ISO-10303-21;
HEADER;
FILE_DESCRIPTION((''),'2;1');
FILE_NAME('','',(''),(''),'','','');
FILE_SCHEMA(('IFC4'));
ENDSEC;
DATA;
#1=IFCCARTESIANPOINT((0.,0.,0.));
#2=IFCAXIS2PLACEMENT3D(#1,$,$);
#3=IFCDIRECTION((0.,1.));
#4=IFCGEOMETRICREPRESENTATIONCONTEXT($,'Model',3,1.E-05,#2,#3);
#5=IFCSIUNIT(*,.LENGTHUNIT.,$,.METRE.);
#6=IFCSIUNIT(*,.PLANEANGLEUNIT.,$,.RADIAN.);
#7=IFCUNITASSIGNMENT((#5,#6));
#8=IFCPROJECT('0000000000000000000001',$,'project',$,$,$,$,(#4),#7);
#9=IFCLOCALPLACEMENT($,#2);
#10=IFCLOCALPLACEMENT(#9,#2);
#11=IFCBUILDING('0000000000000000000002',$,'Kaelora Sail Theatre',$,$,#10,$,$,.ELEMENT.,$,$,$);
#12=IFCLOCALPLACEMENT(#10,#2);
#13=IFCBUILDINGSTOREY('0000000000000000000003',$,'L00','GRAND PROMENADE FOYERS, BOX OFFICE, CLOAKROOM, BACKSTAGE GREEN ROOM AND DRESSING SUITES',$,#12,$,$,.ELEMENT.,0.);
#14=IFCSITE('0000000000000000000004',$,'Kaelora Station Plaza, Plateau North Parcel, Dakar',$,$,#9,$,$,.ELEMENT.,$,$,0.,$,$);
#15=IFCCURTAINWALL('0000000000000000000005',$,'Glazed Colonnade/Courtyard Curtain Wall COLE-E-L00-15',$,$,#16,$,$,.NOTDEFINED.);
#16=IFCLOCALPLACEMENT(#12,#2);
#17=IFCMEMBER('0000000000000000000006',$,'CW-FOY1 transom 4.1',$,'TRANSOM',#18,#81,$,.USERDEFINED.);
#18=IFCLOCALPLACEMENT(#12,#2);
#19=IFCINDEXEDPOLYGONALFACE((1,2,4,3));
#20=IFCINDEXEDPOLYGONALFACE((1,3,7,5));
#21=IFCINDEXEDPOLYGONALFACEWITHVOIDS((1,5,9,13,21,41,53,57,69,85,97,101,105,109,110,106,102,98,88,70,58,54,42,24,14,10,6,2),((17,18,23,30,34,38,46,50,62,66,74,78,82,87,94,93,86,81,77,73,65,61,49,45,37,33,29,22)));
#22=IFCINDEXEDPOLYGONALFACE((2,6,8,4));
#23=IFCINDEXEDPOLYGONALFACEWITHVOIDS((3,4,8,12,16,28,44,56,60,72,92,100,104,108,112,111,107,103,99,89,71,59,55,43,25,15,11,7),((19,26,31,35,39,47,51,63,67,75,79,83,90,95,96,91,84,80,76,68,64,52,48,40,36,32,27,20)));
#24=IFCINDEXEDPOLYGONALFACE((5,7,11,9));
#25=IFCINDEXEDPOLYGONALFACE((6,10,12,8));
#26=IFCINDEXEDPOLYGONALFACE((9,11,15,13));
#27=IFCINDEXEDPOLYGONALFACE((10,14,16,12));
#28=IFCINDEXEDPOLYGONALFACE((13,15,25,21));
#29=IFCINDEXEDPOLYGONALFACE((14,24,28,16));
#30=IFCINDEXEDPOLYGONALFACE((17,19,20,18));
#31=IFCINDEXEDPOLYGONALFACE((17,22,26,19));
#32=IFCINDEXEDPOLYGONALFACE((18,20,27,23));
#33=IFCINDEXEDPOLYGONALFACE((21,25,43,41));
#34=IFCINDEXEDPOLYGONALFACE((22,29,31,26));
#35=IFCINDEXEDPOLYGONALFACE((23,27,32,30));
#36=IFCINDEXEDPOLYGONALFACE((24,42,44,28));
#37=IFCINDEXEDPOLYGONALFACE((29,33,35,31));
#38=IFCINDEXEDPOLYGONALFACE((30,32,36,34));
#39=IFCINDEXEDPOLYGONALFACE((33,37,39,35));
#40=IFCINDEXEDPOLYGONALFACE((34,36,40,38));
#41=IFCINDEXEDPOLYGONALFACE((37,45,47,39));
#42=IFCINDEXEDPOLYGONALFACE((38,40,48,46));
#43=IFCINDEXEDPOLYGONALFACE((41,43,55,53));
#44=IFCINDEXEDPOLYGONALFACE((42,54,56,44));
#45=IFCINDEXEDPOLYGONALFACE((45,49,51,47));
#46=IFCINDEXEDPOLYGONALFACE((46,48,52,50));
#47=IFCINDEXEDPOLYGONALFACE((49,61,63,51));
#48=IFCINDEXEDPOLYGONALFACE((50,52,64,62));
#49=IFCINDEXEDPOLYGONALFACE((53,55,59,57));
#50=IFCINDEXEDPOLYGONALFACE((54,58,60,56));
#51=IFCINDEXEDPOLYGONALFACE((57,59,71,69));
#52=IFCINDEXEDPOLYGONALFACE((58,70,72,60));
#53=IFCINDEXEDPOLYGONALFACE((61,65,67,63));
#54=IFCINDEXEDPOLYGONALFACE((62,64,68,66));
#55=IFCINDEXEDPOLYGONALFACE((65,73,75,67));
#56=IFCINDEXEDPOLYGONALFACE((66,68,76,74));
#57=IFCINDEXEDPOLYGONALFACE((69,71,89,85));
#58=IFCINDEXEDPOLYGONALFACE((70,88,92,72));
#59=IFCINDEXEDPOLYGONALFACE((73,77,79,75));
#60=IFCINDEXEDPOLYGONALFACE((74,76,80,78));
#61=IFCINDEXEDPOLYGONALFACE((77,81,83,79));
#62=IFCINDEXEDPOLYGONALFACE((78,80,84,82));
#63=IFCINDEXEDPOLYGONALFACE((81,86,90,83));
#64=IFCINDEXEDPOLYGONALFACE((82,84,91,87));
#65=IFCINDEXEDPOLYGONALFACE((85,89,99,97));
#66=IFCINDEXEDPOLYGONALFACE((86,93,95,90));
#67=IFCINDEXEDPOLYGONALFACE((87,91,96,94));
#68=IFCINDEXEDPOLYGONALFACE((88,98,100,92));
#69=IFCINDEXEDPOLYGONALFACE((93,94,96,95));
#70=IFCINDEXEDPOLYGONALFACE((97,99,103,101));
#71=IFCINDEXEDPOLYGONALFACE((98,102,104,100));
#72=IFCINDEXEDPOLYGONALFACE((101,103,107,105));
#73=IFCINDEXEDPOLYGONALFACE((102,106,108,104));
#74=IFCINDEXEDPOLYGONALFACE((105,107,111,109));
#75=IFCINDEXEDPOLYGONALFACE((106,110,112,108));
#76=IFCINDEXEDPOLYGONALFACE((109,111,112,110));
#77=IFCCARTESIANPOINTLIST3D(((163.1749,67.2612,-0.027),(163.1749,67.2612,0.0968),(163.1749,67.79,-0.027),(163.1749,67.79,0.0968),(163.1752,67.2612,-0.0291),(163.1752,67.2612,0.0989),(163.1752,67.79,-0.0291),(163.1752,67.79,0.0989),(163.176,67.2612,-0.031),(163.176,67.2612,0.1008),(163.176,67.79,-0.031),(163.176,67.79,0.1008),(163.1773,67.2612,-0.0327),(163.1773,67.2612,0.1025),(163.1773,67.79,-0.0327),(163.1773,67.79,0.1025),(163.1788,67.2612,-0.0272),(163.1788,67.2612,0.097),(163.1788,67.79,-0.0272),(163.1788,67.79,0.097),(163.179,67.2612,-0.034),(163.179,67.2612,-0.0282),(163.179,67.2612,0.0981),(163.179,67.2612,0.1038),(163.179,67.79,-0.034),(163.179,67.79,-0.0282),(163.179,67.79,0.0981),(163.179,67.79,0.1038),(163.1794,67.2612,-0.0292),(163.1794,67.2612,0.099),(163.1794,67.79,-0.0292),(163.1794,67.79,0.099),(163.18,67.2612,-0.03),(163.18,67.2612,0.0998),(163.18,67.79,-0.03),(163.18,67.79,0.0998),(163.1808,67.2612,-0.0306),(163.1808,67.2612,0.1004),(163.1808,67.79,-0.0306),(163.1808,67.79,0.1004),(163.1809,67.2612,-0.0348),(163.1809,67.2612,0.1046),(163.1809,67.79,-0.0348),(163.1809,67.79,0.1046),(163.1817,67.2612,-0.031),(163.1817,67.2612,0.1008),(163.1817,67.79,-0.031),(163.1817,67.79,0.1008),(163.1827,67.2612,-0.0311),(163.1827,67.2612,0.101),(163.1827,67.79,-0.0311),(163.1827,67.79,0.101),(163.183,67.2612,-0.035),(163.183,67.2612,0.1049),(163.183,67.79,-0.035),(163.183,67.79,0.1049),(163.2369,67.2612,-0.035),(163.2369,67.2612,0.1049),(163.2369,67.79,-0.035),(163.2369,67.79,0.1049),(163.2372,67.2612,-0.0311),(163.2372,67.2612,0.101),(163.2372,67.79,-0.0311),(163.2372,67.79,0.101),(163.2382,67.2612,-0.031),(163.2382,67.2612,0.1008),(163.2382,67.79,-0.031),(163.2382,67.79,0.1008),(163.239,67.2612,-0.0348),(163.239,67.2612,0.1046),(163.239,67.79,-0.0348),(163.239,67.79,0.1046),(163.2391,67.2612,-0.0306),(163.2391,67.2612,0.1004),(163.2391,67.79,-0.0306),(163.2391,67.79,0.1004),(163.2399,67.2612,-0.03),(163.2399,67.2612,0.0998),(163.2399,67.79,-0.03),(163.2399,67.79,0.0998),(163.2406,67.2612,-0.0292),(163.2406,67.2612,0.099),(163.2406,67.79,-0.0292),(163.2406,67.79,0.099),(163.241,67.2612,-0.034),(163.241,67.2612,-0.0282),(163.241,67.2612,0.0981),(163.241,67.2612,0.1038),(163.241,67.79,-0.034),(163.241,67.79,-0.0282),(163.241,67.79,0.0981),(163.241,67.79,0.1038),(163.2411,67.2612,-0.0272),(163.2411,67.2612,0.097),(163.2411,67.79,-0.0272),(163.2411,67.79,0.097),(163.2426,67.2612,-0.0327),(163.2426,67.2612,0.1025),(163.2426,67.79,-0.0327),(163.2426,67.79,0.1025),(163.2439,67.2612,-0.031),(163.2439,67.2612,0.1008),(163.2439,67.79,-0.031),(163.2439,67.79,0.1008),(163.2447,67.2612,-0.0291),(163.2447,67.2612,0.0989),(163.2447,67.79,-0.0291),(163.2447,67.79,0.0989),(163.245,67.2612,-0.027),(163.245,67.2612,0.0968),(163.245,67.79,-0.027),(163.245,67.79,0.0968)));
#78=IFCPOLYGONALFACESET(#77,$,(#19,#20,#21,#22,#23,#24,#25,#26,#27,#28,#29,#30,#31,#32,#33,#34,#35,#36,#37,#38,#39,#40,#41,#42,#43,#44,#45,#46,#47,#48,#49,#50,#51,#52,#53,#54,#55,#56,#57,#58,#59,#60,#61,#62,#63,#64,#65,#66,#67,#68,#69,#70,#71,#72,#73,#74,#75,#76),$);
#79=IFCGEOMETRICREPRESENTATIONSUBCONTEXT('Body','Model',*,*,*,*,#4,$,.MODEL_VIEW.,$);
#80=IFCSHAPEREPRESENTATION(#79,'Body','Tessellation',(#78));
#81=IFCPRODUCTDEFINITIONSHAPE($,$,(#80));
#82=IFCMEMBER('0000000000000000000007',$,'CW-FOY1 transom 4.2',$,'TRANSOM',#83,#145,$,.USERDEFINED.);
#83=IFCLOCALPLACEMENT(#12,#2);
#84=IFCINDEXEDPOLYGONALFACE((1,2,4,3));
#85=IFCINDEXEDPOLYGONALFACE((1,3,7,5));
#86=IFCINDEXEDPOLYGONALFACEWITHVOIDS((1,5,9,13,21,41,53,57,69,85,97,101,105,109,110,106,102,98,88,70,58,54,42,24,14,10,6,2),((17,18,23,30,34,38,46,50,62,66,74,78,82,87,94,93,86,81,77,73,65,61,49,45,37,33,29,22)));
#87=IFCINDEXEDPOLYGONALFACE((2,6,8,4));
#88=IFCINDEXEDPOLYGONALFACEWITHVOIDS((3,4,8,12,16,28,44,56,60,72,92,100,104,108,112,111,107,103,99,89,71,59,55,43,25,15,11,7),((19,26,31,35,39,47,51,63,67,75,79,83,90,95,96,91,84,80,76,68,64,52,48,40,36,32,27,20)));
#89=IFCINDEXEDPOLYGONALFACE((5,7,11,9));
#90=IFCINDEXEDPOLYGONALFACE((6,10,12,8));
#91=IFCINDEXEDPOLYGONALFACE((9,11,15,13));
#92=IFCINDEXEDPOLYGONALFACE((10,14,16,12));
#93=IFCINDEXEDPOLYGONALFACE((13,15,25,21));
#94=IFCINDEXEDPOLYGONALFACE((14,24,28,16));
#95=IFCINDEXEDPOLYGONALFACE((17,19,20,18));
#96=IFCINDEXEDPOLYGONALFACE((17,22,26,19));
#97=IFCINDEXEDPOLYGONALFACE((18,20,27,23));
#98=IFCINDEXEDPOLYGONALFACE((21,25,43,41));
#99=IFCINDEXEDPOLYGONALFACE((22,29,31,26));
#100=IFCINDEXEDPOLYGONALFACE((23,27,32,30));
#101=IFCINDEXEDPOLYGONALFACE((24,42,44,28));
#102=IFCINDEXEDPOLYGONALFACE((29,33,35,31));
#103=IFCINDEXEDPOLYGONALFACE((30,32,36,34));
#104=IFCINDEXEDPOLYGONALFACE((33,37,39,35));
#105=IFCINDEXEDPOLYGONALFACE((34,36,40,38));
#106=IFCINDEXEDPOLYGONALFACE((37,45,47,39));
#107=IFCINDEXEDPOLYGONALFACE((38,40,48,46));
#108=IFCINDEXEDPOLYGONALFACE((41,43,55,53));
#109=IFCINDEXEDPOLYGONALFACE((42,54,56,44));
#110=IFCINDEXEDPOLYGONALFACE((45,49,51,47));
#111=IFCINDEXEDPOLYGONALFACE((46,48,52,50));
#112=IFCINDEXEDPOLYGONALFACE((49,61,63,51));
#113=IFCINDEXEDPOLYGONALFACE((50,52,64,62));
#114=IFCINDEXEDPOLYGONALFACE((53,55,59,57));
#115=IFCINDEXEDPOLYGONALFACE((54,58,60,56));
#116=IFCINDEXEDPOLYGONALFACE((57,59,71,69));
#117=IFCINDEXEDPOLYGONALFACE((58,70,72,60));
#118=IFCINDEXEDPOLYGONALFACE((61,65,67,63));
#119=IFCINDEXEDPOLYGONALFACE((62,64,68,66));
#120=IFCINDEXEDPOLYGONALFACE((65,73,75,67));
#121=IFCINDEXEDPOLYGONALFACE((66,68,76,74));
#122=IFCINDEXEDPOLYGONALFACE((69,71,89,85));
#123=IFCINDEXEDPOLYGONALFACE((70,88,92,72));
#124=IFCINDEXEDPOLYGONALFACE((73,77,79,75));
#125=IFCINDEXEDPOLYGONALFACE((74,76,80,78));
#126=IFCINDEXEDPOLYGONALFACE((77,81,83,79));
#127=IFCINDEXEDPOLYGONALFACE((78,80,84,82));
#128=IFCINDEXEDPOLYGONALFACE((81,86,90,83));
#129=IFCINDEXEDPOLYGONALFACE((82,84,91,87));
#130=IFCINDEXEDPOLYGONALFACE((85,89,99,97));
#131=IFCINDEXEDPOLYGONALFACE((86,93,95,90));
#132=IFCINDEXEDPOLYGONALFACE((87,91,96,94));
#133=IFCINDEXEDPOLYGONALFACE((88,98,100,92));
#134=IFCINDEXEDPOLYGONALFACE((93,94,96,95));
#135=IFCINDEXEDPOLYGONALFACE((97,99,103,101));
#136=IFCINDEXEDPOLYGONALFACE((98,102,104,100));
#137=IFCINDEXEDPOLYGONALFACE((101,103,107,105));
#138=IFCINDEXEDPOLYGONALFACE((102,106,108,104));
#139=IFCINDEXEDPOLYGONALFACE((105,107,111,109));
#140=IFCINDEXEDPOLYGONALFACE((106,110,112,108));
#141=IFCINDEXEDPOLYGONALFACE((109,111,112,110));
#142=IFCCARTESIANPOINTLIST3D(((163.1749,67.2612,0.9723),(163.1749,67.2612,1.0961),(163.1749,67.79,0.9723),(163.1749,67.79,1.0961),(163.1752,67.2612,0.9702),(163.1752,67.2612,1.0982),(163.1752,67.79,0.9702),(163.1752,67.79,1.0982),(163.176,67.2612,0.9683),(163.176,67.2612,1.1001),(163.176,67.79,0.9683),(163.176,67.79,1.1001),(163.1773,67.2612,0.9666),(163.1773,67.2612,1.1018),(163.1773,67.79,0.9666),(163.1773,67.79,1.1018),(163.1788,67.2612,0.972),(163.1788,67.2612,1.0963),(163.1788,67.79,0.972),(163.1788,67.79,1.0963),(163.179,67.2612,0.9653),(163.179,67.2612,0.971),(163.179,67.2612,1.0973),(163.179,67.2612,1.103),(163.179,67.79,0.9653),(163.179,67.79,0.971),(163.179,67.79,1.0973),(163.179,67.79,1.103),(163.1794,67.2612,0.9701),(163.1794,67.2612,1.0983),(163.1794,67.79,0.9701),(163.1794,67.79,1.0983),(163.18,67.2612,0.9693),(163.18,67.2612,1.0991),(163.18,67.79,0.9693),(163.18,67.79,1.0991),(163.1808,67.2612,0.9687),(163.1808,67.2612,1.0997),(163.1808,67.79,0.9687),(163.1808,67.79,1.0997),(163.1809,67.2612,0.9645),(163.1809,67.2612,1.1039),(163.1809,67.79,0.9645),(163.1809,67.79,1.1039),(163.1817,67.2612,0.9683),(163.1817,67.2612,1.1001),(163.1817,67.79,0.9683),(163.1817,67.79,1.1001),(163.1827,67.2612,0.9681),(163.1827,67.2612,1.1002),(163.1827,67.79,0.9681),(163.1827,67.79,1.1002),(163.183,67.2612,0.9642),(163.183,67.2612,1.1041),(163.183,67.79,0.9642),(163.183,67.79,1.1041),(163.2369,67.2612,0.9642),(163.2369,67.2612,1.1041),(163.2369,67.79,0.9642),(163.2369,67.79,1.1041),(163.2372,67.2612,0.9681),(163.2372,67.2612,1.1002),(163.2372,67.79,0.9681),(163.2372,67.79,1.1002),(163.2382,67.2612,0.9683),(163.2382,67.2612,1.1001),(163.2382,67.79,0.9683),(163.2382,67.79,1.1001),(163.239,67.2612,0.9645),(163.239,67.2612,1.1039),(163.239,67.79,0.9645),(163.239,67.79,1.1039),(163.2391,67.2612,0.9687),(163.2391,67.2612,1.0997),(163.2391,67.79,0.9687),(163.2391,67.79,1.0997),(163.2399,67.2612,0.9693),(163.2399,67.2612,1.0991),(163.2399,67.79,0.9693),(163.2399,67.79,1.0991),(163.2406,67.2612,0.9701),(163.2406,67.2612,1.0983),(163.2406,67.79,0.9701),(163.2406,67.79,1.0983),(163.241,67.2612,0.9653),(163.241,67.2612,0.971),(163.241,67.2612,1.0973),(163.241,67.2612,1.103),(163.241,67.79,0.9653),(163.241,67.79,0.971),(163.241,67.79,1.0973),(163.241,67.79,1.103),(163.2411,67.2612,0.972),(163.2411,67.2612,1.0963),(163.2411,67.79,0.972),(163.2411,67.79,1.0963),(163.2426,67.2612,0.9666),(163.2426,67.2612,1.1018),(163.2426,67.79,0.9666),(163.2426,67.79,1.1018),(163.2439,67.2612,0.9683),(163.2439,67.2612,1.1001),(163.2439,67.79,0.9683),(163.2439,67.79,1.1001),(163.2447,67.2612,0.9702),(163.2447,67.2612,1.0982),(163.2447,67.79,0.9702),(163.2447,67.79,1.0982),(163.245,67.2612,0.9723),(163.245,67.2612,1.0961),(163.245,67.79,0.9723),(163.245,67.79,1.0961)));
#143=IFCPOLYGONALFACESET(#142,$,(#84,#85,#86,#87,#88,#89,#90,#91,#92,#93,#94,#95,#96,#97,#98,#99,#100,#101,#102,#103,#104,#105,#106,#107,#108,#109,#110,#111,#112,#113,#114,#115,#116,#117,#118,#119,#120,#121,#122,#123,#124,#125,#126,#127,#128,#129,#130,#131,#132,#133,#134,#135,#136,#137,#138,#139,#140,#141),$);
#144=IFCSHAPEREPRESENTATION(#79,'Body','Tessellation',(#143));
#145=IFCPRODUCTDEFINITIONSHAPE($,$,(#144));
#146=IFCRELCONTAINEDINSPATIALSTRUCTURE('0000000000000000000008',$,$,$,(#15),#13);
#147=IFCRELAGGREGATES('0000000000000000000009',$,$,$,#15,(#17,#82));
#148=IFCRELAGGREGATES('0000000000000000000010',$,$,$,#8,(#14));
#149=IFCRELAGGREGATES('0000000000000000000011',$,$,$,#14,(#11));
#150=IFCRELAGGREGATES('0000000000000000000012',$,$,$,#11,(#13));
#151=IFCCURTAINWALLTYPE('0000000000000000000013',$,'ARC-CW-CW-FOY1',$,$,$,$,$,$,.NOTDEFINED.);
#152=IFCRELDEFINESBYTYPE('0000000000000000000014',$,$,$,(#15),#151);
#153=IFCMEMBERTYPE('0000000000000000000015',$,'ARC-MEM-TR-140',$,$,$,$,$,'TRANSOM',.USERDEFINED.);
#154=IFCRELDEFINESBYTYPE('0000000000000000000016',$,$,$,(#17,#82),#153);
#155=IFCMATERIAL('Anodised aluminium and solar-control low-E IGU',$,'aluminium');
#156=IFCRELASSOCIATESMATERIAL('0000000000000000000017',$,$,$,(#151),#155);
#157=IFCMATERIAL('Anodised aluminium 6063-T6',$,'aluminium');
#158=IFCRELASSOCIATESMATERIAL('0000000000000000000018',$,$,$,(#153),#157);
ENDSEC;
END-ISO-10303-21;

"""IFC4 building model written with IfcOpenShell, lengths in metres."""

from ifc_helpers import new_model, si_unit, direction, frame, origin, origin_2d, place, context, subcontext, project, spatial, hollow_rectangle, extrude, material, material_profile, profile_set, type_object, element, aggregate, save


model = new_model("IFC4")

# Units and contexts
model_context = context("Model", 3, precision=1e-05, world=origin(), true_north=direction((0.0, 1.0)))
body_context = subcontext(model_context, "Body", "Model", "MODEL_VIEW")
ifc_project = project(units=[si_unit("LENGTHUNIT", "METRE"), si_unit("PLANEANGLEUNIT", "RADIAN")], contexts=[model_context])

# Site, building, storey
site_placement = place(None, origin())
site = spatial("IfcSite", under=ifc_project, at=site_placement, Name="Kaelora Station Plaza, Plateau North Parcel, Dakar", CompositionType="ELEMENT", RefElevation=0.0)
building_placement = place(site_placement, origin())
building = spatial("IfcBuilding", under=site, at=building_placement, Name="Kaelora Sail Theatre", CompositionType="ELEMENT")
storey_placement = place(building_placement, origin())
storey = spatial("IfcBuildingStorey", under=building, at=storey_placement, Name="L00", Description="GRAND PROMENADE FOYERS, BOX OFFICE, CLOAKROOM, BACKSTAGE GREEN ROOM AND DRESSING SUITES", CompositionType="ELEMENT", Elevation=0.0)

# Curtain wall, members
ifc_material_1 = material(Name="Anodised aluminium and solar-control low-E IGU", Category="aluminium")
curtain_wall_type = type_object("IfcCurtainWallType", Name="ARC-CW-CW-FOY1", PredefinedType="NOTDEFINED", material=ifc_material_1)
curtain_wall_placement = place(storey_placement, origin())
curtain_wall = element("IfcCurtainWall", 1, at=curtain_wall_placement, inside=storey, type_object=curtain_wall_type, Name="Glazed Colonnade/Courtyard Curtain Wall COLE-E-L00-15", PredefinedType="NOTDEFINED")
ifc_material_2 = material(Name="Anodised aluminium 6063-T6", Category="aluminium")
ifc_material_profile_1 = material_profile(ifc_material_2, hollow_rectangle(XDim=0.0701, YDim=0.1399, WallThickness=0.0039, InnerFilletRadius=0.0039, OuterFilletRadius=0.0081, at=origin_2d()), Name="ALU-TRAN 70x140x4")
ifc_profile_set_1 = profile_set([ifc_material_profile_1], Name="Anodised aluminium 6063-T6")
member_type_1 = type_object("IfcMemberType", Name="ARC-MEM-TR-140", ElementType="TRANSOM", PredefinedType="USERDEFINED", material=ifc_profile_set_1)
member_1_placement = place(storey_placement, frame((163.21, 67.2612, 0.0349), z_axis=(0.0, 1.0, 0.0), x_axis=(-1.0, 0.0, 0.0)))
member_1 = element("IfcMember", 2, at=member_1_placement, type_object=member_type_1, Name="CW-FOY1 transom 4.1", ObjectType="TRANSOM", PredefinedType="USERDEFINED", context=body_context, shape_type="SweptSolid", body=[
    extrude(hollow_rectangle(XDim=0.0701, YDim=0.1399, WallThickness=0.0039, InnerFilletRadius=0.0039, OuterFilletRadius=0.0081, at=origin_2d()), origin(), (0.0, 0.0, 1.0), 0.5288),
])
member_2_placement = place(storey_placement, frame((163.21, 67.2612, 1.0342), z_axis=(0.0, 1.0, 0.0), x_axis=(-1.0, 0.0, 0.0)))
member_2 = element("IfcMember", 3, at=member_2_placement, type_object=member_type_1, Name="CW-FOY1 transom 4.2", ObjectType="TRANSOM", PredefinedType="USERDEFINED", context=body_context, shape_type="SweptSolid", body=[
    extrude(hollow_rectangle(XDim=0.0701, YDim=0.1399, WallThickness=0.0039, InnerFilletRadius=0.0039, OuterFilletRadius=0.0081, at=origin_2d()), origin(), (0.0, 0.0, 1.0), 0.5288),
])

aggregate(curtain_wall, [member_1, member_2])

save(model, "model.ifc")
